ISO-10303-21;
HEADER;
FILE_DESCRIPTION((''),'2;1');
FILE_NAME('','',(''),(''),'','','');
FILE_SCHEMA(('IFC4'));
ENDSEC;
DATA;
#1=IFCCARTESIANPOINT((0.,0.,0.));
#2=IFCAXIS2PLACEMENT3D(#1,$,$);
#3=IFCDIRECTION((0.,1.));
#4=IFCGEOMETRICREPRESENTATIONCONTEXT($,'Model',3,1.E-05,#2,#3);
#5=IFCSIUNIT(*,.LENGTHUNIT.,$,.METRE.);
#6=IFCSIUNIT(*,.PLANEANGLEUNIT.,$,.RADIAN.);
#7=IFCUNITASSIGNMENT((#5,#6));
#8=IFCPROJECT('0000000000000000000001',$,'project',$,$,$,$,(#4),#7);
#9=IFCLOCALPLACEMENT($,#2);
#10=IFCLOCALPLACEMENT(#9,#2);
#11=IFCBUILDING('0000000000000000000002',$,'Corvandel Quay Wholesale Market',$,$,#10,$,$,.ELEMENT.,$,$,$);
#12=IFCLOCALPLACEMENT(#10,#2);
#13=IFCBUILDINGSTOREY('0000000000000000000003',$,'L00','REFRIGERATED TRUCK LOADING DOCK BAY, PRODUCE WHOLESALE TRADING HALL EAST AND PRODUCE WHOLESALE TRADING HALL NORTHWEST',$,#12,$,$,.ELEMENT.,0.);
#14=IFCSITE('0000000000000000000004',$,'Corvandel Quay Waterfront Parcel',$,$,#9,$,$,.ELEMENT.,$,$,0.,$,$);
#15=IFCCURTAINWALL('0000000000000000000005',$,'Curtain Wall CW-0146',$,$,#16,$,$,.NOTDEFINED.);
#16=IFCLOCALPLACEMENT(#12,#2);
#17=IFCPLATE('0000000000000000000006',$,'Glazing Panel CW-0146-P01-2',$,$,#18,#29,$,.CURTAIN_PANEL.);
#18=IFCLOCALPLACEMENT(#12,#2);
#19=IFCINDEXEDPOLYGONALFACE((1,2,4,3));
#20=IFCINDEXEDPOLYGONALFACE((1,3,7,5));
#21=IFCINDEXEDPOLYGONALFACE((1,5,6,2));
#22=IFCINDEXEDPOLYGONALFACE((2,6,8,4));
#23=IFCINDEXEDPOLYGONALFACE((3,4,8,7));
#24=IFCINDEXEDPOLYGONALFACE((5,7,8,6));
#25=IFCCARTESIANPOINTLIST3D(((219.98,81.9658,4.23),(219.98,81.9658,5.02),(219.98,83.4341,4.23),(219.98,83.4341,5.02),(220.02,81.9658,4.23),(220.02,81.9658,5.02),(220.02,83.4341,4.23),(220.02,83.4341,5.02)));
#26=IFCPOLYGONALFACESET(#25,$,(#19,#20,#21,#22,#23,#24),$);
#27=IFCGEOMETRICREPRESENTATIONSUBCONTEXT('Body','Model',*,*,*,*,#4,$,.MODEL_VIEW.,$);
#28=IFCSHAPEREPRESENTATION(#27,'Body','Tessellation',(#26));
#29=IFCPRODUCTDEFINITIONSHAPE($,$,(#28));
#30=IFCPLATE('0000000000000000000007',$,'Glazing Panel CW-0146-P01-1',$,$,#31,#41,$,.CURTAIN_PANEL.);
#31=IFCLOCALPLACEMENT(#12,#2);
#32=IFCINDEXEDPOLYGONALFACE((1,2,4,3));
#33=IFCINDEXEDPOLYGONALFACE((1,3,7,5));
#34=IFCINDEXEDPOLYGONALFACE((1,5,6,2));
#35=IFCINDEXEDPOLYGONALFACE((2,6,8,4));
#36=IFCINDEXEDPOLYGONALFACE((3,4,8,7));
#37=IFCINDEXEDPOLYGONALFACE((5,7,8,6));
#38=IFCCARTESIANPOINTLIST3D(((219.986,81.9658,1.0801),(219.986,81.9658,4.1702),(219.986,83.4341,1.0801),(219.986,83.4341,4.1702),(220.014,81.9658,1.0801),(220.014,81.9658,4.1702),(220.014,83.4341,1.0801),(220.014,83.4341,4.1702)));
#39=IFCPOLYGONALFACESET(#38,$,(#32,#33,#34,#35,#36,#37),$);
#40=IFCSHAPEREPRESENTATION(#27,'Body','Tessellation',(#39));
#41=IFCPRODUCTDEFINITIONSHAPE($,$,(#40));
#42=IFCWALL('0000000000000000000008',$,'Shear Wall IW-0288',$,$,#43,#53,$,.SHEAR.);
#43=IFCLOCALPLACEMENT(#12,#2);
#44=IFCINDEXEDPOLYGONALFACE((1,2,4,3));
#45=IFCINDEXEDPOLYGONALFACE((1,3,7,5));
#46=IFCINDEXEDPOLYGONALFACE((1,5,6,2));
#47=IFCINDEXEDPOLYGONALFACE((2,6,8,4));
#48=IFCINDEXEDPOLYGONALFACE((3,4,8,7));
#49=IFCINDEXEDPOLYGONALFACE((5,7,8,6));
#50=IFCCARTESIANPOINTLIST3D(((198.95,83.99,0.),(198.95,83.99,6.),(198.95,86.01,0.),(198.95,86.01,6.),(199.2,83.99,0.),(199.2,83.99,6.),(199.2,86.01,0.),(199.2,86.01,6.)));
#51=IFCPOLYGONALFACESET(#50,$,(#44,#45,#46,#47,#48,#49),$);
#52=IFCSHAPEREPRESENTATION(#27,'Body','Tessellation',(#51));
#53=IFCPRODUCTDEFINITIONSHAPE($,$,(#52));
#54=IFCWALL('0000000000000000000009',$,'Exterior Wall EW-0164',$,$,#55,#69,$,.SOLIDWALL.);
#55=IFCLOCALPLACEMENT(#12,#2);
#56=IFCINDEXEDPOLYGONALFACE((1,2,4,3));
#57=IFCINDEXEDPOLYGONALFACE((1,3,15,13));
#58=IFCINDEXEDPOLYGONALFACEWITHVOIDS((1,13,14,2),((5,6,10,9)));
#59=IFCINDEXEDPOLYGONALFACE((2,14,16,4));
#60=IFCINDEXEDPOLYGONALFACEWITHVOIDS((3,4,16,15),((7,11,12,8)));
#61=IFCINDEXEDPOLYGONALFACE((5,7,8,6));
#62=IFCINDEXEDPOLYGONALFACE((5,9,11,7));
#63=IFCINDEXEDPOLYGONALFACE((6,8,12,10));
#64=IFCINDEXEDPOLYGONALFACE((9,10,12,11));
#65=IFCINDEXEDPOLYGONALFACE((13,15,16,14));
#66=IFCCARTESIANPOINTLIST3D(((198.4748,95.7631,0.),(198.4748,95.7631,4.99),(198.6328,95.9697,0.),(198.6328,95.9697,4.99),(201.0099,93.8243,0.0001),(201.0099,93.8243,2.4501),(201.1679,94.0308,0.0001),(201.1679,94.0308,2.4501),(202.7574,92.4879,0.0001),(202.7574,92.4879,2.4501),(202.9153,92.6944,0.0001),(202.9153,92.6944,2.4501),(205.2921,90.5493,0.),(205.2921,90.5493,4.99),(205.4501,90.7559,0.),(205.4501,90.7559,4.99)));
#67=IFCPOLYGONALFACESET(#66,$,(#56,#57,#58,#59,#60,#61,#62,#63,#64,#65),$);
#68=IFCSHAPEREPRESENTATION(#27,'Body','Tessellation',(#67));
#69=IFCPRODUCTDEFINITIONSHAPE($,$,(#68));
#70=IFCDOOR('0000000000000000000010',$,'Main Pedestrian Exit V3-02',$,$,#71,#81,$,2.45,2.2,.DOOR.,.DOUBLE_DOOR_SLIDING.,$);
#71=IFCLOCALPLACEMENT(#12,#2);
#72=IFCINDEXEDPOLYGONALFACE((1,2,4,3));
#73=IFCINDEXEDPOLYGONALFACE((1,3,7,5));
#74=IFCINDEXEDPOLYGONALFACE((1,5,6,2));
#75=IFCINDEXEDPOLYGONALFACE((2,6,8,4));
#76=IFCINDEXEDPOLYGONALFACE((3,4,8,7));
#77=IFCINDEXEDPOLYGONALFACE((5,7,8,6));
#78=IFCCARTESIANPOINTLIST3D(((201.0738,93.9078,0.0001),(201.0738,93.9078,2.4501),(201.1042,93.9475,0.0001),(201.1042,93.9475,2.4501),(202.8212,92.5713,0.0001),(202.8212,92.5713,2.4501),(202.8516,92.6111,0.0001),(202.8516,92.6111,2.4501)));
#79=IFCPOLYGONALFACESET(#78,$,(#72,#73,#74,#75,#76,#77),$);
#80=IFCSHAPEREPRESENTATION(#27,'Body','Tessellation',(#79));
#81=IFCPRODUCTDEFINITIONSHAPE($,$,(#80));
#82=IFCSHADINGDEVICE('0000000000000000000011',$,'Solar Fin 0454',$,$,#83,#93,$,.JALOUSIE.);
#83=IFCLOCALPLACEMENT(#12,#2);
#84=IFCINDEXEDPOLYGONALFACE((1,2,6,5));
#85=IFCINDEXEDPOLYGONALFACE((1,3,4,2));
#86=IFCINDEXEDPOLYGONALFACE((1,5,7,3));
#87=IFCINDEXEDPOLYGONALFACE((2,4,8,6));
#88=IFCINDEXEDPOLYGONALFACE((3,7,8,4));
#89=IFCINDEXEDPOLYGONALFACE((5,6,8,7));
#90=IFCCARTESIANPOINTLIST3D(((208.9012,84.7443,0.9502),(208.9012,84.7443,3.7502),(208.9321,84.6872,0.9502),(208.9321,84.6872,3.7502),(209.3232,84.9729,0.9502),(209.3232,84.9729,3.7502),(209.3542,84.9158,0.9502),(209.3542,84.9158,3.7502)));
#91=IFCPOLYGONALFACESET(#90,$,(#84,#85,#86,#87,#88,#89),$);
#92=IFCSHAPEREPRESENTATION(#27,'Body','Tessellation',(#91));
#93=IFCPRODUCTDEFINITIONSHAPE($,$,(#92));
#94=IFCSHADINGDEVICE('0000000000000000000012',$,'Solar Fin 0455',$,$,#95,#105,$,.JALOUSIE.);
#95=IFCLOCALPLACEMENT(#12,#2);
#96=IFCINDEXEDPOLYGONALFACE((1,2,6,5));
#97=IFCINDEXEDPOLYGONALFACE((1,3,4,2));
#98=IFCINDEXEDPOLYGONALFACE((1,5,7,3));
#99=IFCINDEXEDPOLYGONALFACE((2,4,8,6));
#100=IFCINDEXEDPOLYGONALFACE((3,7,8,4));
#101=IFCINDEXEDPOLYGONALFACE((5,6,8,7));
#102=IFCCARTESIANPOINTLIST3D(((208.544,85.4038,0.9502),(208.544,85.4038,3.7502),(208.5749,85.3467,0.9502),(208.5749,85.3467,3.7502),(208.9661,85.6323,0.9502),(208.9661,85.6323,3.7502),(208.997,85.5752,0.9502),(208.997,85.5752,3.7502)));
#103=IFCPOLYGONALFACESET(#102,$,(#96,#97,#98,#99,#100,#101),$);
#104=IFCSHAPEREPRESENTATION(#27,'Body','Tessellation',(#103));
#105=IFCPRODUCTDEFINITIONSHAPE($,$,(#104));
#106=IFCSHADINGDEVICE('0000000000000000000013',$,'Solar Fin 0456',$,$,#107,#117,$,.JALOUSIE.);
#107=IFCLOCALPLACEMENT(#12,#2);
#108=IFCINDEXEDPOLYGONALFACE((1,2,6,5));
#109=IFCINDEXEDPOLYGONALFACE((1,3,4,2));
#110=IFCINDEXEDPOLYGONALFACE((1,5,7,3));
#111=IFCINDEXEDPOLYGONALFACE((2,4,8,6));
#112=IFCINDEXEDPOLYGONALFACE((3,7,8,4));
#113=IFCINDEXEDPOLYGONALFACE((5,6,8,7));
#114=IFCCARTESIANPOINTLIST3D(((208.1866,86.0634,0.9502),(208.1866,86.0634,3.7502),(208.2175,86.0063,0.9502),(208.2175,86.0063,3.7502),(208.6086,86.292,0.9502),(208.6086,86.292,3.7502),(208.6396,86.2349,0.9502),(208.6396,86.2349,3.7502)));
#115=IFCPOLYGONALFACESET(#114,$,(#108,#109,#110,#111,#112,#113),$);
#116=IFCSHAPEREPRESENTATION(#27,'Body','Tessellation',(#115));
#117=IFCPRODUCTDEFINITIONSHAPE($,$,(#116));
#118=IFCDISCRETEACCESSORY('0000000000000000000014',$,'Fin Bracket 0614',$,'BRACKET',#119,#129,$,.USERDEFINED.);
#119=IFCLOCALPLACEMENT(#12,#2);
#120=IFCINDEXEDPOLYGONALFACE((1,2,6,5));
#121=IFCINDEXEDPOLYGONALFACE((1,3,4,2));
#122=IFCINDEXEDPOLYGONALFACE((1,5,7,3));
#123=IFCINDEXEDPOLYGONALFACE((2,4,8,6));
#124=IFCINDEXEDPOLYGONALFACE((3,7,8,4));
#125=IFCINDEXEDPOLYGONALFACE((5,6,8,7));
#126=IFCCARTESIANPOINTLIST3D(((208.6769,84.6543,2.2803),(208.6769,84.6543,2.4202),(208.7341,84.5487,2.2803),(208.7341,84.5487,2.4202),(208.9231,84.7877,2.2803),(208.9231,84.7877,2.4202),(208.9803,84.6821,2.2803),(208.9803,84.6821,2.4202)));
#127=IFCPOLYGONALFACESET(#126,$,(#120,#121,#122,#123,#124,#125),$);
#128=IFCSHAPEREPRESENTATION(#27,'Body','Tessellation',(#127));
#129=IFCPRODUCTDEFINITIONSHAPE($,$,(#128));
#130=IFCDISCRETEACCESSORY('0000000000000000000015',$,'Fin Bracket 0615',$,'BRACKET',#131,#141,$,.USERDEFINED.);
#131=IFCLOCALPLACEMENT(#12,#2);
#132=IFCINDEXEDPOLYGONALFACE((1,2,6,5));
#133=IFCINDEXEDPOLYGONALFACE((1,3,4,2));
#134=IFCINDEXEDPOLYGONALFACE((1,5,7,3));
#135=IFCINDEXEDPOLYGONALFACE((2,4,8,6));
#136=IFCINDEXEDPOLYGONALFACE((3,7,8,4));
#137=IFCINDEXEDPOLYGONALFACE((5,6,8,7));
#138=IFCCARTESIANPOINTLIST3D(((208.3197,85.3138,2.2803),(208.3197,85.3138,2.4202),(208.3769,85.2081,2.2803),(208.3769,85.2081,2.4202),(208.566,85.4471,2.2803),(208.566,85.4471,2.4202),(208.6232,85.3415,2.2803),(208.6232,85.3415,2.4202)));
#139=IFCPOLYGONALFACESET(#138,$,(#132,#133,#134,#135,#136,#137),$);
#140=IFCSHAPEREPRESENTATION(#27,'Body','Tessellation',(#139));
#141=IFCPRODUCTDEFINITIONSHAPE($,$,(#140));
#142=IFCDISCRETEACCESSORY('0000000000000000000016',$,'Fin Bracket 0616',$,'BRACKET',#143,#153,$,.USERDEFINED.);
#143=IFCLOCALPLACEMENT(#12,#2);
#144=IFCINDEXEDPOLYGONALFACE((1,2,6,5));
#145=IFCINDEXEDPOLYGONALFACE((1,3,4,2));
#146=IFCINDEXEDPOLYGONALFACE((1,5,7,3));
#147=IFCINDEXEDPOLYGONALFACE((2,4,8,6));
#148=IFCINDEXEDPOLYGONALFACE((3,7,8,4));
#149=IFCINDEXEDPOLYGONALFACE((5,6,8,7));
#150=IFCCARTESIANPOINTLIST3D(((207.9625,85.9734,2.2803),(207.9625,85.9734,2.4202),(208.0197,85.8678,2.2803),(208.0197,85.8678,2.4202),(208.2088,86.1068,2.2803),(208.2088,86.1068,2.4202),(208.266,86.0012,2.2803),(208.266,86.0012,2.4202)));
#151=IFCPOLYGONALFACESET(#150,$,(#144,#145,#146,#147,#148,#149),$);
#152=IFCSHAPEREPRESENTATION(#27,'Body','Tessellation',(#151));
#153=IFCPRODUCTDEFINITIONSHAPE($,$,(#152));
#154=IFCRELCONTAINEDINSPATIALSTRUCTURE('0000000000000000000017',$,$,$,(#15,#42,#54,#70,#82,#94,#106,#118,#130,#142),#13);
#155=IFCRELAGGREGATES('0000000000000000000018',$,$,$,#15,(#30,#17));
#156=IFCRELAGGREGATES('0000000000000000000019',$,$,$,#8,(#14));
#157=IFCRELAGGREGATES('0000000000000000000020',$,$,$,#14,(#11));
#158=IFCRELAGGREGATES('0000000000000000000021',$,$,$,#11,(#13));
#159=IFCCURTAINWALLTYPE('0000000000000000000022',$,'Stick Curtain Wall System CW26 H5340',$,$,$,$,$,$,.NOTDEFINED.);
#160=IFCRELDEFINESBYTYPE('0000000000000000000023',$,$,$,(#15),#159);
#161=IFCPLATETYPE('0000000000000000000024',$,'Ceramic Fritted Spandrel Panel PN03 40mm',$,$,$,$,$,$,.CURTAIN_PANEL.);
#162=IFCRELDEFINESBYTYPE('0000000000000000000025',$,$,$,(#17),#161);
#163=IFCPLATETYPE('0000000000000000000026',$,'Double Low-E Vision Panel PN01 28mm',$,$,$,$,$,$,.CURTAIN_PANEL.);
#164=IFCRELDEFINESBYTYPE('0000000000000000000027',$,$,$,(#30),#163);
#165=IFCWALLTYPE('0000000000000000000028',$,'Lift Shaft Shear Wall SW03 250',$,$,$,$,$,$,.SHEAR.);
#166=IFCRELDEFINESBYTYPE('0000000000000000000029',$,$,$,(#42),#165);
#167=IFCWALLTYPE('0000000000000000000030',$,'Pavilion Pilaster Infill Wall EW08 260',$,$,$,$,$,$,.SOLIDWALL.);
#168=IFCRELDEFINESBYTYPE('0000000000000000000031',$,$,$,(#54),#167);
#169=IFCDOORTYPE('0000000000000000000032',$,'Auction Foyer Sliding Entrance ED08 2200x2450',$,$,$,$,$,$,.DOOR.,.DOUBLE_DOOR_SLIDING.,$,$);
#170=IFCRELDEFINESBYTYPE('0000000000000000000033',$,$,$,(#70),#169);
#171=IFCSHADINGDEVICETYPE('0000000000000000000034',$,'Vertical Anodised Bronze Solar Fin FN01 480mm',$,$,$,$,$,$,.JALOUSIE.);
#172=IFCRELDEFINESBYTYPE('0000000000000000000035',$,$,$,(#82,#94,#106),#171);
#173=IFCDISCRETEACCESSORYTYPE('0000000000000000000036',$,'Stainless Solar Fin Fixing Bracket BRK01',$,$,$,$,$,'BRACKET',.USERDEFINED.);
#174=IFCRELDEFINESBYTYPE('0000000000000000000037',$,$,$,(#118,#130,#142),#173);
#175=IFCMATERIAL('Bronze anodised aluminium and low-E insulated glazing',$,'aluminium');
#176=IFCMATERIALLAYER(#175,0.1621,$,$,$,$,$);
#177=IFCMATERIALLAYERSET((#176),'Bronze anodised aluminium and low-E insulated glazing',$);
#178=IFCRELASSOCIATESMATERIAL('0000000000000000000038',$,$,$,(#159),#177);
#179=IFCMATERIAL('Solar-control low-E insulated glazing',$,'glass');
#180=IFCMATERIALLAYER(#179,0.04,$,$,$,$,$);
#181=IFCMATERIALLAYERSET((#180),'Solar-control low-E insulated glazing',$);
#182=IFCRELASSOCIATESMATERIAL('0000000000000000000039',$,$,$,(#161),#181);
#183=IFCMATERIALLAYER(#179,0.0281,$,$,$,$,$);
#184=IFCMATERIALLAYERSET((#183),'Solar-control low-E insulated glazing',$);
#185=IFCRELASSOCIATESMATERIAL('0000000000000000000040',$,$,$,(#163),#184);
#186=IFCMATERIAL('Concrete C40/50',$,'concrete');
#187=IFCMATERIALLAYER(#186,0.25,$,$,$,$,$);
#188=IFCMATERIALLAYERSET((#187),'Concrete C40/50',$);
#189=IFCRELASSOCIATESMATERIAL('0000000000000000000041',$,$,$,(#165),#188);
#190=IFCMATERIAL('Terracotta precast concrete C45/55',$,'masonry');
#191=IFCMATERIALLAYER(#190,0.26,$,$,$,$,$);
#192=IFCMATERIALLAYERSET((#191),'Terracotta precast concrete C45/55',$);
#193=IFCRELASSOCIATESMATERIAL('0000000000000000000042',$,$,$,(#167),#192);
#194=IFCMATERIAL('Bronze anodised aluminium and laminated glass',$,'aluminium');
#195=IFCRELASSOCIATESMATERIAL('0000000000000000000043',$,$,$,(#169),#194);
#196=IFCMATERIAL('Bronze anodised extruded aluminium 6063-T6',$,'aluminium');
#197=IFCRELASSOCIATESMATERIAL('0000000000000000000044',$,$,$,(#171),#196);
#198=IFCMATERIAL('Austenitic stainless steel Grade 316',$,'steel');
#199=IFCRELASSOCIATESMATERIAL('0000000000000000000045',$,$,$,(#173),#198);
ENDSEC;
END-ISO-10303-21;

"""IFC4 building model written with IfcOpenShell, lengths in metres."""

from ifc_helpers import new_model, si_unit, direction, frame, frame_2d, origin, origin_2d, place, context, subcontext, project, spatial, rectangle, extrude, material, layer, layer_set, type_object, element, fill, aggregate, save


model = new_model("IFC4")

# Units and contexts
model_context = context("Model", 3, precision=1e-05, world=origin(), true_north=direction((0.0, 1.0)))
body_context = subcontext(model_context, "Body", "Model", "MODEL_VIEW")
ifc_project = project(units=[si_unit("LENGTHUNIT", "METRE"), si_unit("PLANEANGLEUNIT", "RADIAN")], contexts=[model_context])

# Site, building, storey
site_placement = place(None, origin())
site = spatial("IfcSite", under=ifc_project, at=site_placement, Name="Corvandel Quay Waterfront Parcel", CompositionType="ELEMENT", RefElevation=0.0)
building_placement = place(site_placement, origin())
building = spatial("IfcBuilding", under=site, at=building_placement, Name="Corvandel Quay Wholesale Market", CompositionType="ELEMENT")
storey_placement = place(building_placement, origin())
storey = spatial("IfcBuildingStorey", under=building, at=storey_placement, Name="L00", Description="REFRIGERATED TRUCK LOADING DOCK BAY, PRODUCE WHOLESALE TRADING HALL EAST AND PRODUCE WHOLESALE TRADING HALL NORTHWEST", CompositionType="ELEMENT", Elevation=0.0)

# Shared definitions
ifc_material_1 = material(Name="Concrete C40/50", Category="concrete")

# Curtain wall, plates
ifc_material_2 = material(Name="Bronze anodised aluminium and low-E insulated glazing", Category="aluminium")
ifc_layer_1 = layer(ifc_material_2, 0.1621)
ifc_layer_set_1 = layer_set([ifc_layer_1], Name="Bronze anodised aluminium and low-E insulated glazing")
curtain_wall_type = type_object("IfcCurtainWallType", Name="Stick Curtain Wall System CW26 H5340", PredefinedType="NOTDEFINED", material=ifc_layer_set_1)
curtain_wall_placement = place(storey_placement, origin())
curtain_wall = element("IfcCurtainWall", 1, at=curtain_wall_placement, inside=storey, type_object=curtain_wall_type, Name="Curtain Wall CW-0146", PredefinedType="NOTDEFINED")
ifc_material_3 = material(Name="Solar-control low-E insulated glazing", Category="glass")
ifc_layer_2 = layer(ifc_material_3, 0.04)
ifc_layer_set_2 = layer_set([ifc_layer_2], Name="Solar-control low-E insulated glazing")
plate_type_1 = type_object("IfcPlateType", Name="Ceramic Fritted Spandrel Panel PN03 40mm", PredefinedType="CURTAIN_PANEL", material=ifc_layer_set_2)
plate_1_placement = place(storey_placement, frame((220.0, 82.7, 4.23), z_axis=(0.0, 0.0, 1.0), x_axis=(0.0, 1.0, 0.0)))
plate_1 = element("IfcPlate", 2, at=plate_1_placement, type_object=plate_type_1, Name="Glazing Panel CW-0146-P01-2", PredefinedType="CURTAIN_PANEL", context=body_context, shape_type="SweptSolid", body=[
    extrude(rectangle(XDim=1.4683, YDim=0.04, at=origin_2d()), origin(), (0.0, 0.0, 1.0), 0.79),
])
ifc_layer_3 = layer(ifc_material_3, 0.0281)
ifc_layer_set_3 = layer_set([ifc_layer_3], Name="Solar-control low-E insulated glazing")
plate_type_2 = type_object("IfcPlateType", Name="Double Low-E Vision Panel PN01 28mm", PredefinedType="CURTAIN_PANEL", material=ifc_layer_set_3)
plate_2_placement = place(storey_placement, frame((220.0, 82.7, 1.0801), z_axis=(0.0, 0.0, 1.0), x_axis=(0.0, 1.0, 0.0)))
plate_2 = element("IfcPlate", 3, at=plate_2_placement, type_object=plate_type_2, Name="Glazing Panel CW-0146-P01-1", PredefinedType="CURTAIN_PANEL", context=body_context, shape_type="SweptSolid", body=[
    extrude(rectangle(XDim=1.4683, YDim=0.0281, at=origin_2d()), origin(), (0.0, 0.0, 1.0), 3.0901),
])
aggregate(curtain_wall, [plate_2, plate_1])

# Wall
ifc_layer_4 = layer(ifc_material_1, 0.25)
ifc_layer_set_4 = layer_set([ifc_layer_4], Name="Concrete C40/50")
wall_type_1 = type_object("IfcWallType", Name="Lift Shaft Shear Wall SW03 250", PredefinedType="SHEAR", material=ifc_layer_set_4)
wall_1_placement = place(storey_placement, frame((199.075, 83.99, 0.0), z_axis=(0.0, 0.0, 1.0), x_axis=(0.0, 1.0, 0.0)))
element("IfcWall", 4, at=wall_1_placement, inside=storey, type_object=wall_type_1, Name="Shear Wall IW-0288", PredefinedType="SHEAR", context=body_context, shape_type="SweptSolid", body=[
    extrude(rectangle(XDim=2.02, YDim=0.25, at=frame_2d((1.01, 0.0))), origin(), (0.0, 0.0, 1.0), 6.0),
])

# Wall, opening, door
ifc_material_4 = material(Name="Terracotta precast concrete C45/55", Category="masonry")
ifc_layer_5 = layer(ifc_material_4, 0.26)
ifc_layer_set_5 = layer_set([ifc_layer_5], Name="Terracotta precast concrete C45/55")
wall_type_2 = type_object("IfcWallType", Name="Pavilion Pilaster Infill Wall EW08 260", PredefinedType="SOLIDWALL", material=ifc_layer_set_5)
wall_2_placement = place(storey_placement, frame((205.3711, 90.6526, 0.0), z_axis=(0.0, 0.0, 1.0), x_axis=(-0.794326, 0.607492, 0.0)))
wall_2 = element("IfcWall", 5, at=wall_2_placement, inside=storey, type_object=wall_type_2, Name="Exterior Wall EW-0164", PredefinedType="SOLIDWALL", context=body_context, shape_type="SweptSolid", body=[
    extrude(rectangle(XDim=8.5825, YDim=0.26, at=frame_2d((4.2913, 0.0))), origin(), (0.0, 0.0, 1.0), 4.99),
])
opening_placement = place(wall_2_placement, frame((3.1909, 0.0, 0.0)))
opening = element("IfcOpeningElement", 6, at=opening_placement, cuts=wall_2, PredefinedType="OPENING", context=body_context, shape_type="SweptSolid", body=[
    extrude(rectangle(XDim=2.2, YDim=2.45, at=frame_2d((1.1001, 1.2251))), frame((0.0, 0.1399, 0.0), z_axis=(0.0, -1.0, 0.0), x_axis=(1.0, 0.0, 0.0)), (0.0, 0.0, 1.0), 0.28),
])
ifc_material_5 = material(Name="Bronze anodised aluminium and laminated glass", Category="aluminium")
door_type = type_object("IfcDoorType", Name="Auction Foyer Sliding Entrance ED08 2200x2450", OperationType="DOUBLE_DOOR_SLIDING", PredefinedType="DOOR", material=ifc_material_5)
door_placement = place(opening_placement, origin())
door = element("IfcDoor", 7, at=door_placement, inside=storey, type_object=door_type, Name="Main Pedestrian Exit V3-02", OperationType="DOUBLE_DOOR_SLIDING", OverallHeight=2.45, OverallWidth=2.2, PredefinedType="DOOR", context=body_context, shape_type="SweptSolid", body=[
    extrude(rectangle(XDim=2.2, YDim=2.45, at=frame_2d((1.1001, 1.2251))), frame((0.0, 0.0249, 0.0), z_axis=(0.0, -1.0, 0.0), x_axis=(1.0, 0.0, 0.0)), (0.0, 0.0, 1.0), 0.05),
])
fill(opening, door)

# Shading devices
ifc_material_6 = material(Name="Bronze anodised extruded aluminium 6063-T6", Category="aluminium")
shading_device_type = type_object("IfcShadingDeviceType", Name="Vertical Anodised Bronze Solar Fin FN01 480mm", PredefinedType="JALOUSIE", material=ifc_material_6)
for number, where, z_axis, x_axis, name in (
    (8, (209.1277, 84.8301, 0.9502), (0.0, 0.0, 1.0), (0.879316, 0.476238, 0.0), "Solar Fin 0454"),
    (9, (208.7705, 85.4895, 0.9502), (0.0, 0.0, 1.0), (0.879316, 0.476238, 0.0), "Solar Fin 0455"),
    (10, (208.4131, 86.1492, 0.9502), (0.0, 0.0, 1.0), (0.879316, 0.476238, 0.0), "Solar Fin 0456"),
):
    element("IfcShadingDevice", number, at=place(storey_placement, frame(where, z_axis=z_axis, x_axis=x_axis)), inside=storey, type_object=shading_device_type, Name=name, PredefinedType="JALOUSIE", context=body_context, shape_type="SweptSolid", body=[
        extrude(rectangle(XDim=0.48, YDim=0.0649, at=origin_2d()), origin(), (0.0, 0.0, 1.0), 2.8),
    ])

# Discrete accessories
ifc_material_7 = material(Name="Austenitic stainless steel Grade 316", Category="steel")
discrete_accessory_type = type_object("IfcDiscreteAccessoryType", Name="Stainless Solar Fin Fixing Bracket BRK01", ElementType="BRACKET", PredefinedType="USERDEFINED", material=ifc_material_7)
for number, where, z_axis, x_axis, name in (
    (11, (208.8286, 84.6682, 2.2803), (0.0, 0.0, 1.0), (0.879316, 0.476238, 0.0), "Fin Bracket 0614"),
    (12, (208.4714, 85.3276, 2.2803), (0.0, 0.0, 1.0), (0.879316, 0.476238, 0.0), "Fin Bracket 0615"),
    (13, (208.1143, 85.9873, 2.2803), (0.0, 0.0, 1.0), (0.879316, 0.476238, 0.0), "Fin Bracket 0616"),
):
    element("IfcDiscreteAccessory", number, at=place(storey_placement, frame(where, z_axis=z_axis, x_axis=x_axis)), inside=storey, type_object=discrete_accessory_type, Name=name, ObjectType="BRACKET", PredefinedType="USERDEFINED", context=body_context, shape_type="SweptSolid", body=[
        extrude(rectangle(XDim=0.28, YDim=0.1201, at=origin_2d()), origin(), (0.0, 0.0, 1.0), 0.1399),
    ])

save(model, "model.ifc")
